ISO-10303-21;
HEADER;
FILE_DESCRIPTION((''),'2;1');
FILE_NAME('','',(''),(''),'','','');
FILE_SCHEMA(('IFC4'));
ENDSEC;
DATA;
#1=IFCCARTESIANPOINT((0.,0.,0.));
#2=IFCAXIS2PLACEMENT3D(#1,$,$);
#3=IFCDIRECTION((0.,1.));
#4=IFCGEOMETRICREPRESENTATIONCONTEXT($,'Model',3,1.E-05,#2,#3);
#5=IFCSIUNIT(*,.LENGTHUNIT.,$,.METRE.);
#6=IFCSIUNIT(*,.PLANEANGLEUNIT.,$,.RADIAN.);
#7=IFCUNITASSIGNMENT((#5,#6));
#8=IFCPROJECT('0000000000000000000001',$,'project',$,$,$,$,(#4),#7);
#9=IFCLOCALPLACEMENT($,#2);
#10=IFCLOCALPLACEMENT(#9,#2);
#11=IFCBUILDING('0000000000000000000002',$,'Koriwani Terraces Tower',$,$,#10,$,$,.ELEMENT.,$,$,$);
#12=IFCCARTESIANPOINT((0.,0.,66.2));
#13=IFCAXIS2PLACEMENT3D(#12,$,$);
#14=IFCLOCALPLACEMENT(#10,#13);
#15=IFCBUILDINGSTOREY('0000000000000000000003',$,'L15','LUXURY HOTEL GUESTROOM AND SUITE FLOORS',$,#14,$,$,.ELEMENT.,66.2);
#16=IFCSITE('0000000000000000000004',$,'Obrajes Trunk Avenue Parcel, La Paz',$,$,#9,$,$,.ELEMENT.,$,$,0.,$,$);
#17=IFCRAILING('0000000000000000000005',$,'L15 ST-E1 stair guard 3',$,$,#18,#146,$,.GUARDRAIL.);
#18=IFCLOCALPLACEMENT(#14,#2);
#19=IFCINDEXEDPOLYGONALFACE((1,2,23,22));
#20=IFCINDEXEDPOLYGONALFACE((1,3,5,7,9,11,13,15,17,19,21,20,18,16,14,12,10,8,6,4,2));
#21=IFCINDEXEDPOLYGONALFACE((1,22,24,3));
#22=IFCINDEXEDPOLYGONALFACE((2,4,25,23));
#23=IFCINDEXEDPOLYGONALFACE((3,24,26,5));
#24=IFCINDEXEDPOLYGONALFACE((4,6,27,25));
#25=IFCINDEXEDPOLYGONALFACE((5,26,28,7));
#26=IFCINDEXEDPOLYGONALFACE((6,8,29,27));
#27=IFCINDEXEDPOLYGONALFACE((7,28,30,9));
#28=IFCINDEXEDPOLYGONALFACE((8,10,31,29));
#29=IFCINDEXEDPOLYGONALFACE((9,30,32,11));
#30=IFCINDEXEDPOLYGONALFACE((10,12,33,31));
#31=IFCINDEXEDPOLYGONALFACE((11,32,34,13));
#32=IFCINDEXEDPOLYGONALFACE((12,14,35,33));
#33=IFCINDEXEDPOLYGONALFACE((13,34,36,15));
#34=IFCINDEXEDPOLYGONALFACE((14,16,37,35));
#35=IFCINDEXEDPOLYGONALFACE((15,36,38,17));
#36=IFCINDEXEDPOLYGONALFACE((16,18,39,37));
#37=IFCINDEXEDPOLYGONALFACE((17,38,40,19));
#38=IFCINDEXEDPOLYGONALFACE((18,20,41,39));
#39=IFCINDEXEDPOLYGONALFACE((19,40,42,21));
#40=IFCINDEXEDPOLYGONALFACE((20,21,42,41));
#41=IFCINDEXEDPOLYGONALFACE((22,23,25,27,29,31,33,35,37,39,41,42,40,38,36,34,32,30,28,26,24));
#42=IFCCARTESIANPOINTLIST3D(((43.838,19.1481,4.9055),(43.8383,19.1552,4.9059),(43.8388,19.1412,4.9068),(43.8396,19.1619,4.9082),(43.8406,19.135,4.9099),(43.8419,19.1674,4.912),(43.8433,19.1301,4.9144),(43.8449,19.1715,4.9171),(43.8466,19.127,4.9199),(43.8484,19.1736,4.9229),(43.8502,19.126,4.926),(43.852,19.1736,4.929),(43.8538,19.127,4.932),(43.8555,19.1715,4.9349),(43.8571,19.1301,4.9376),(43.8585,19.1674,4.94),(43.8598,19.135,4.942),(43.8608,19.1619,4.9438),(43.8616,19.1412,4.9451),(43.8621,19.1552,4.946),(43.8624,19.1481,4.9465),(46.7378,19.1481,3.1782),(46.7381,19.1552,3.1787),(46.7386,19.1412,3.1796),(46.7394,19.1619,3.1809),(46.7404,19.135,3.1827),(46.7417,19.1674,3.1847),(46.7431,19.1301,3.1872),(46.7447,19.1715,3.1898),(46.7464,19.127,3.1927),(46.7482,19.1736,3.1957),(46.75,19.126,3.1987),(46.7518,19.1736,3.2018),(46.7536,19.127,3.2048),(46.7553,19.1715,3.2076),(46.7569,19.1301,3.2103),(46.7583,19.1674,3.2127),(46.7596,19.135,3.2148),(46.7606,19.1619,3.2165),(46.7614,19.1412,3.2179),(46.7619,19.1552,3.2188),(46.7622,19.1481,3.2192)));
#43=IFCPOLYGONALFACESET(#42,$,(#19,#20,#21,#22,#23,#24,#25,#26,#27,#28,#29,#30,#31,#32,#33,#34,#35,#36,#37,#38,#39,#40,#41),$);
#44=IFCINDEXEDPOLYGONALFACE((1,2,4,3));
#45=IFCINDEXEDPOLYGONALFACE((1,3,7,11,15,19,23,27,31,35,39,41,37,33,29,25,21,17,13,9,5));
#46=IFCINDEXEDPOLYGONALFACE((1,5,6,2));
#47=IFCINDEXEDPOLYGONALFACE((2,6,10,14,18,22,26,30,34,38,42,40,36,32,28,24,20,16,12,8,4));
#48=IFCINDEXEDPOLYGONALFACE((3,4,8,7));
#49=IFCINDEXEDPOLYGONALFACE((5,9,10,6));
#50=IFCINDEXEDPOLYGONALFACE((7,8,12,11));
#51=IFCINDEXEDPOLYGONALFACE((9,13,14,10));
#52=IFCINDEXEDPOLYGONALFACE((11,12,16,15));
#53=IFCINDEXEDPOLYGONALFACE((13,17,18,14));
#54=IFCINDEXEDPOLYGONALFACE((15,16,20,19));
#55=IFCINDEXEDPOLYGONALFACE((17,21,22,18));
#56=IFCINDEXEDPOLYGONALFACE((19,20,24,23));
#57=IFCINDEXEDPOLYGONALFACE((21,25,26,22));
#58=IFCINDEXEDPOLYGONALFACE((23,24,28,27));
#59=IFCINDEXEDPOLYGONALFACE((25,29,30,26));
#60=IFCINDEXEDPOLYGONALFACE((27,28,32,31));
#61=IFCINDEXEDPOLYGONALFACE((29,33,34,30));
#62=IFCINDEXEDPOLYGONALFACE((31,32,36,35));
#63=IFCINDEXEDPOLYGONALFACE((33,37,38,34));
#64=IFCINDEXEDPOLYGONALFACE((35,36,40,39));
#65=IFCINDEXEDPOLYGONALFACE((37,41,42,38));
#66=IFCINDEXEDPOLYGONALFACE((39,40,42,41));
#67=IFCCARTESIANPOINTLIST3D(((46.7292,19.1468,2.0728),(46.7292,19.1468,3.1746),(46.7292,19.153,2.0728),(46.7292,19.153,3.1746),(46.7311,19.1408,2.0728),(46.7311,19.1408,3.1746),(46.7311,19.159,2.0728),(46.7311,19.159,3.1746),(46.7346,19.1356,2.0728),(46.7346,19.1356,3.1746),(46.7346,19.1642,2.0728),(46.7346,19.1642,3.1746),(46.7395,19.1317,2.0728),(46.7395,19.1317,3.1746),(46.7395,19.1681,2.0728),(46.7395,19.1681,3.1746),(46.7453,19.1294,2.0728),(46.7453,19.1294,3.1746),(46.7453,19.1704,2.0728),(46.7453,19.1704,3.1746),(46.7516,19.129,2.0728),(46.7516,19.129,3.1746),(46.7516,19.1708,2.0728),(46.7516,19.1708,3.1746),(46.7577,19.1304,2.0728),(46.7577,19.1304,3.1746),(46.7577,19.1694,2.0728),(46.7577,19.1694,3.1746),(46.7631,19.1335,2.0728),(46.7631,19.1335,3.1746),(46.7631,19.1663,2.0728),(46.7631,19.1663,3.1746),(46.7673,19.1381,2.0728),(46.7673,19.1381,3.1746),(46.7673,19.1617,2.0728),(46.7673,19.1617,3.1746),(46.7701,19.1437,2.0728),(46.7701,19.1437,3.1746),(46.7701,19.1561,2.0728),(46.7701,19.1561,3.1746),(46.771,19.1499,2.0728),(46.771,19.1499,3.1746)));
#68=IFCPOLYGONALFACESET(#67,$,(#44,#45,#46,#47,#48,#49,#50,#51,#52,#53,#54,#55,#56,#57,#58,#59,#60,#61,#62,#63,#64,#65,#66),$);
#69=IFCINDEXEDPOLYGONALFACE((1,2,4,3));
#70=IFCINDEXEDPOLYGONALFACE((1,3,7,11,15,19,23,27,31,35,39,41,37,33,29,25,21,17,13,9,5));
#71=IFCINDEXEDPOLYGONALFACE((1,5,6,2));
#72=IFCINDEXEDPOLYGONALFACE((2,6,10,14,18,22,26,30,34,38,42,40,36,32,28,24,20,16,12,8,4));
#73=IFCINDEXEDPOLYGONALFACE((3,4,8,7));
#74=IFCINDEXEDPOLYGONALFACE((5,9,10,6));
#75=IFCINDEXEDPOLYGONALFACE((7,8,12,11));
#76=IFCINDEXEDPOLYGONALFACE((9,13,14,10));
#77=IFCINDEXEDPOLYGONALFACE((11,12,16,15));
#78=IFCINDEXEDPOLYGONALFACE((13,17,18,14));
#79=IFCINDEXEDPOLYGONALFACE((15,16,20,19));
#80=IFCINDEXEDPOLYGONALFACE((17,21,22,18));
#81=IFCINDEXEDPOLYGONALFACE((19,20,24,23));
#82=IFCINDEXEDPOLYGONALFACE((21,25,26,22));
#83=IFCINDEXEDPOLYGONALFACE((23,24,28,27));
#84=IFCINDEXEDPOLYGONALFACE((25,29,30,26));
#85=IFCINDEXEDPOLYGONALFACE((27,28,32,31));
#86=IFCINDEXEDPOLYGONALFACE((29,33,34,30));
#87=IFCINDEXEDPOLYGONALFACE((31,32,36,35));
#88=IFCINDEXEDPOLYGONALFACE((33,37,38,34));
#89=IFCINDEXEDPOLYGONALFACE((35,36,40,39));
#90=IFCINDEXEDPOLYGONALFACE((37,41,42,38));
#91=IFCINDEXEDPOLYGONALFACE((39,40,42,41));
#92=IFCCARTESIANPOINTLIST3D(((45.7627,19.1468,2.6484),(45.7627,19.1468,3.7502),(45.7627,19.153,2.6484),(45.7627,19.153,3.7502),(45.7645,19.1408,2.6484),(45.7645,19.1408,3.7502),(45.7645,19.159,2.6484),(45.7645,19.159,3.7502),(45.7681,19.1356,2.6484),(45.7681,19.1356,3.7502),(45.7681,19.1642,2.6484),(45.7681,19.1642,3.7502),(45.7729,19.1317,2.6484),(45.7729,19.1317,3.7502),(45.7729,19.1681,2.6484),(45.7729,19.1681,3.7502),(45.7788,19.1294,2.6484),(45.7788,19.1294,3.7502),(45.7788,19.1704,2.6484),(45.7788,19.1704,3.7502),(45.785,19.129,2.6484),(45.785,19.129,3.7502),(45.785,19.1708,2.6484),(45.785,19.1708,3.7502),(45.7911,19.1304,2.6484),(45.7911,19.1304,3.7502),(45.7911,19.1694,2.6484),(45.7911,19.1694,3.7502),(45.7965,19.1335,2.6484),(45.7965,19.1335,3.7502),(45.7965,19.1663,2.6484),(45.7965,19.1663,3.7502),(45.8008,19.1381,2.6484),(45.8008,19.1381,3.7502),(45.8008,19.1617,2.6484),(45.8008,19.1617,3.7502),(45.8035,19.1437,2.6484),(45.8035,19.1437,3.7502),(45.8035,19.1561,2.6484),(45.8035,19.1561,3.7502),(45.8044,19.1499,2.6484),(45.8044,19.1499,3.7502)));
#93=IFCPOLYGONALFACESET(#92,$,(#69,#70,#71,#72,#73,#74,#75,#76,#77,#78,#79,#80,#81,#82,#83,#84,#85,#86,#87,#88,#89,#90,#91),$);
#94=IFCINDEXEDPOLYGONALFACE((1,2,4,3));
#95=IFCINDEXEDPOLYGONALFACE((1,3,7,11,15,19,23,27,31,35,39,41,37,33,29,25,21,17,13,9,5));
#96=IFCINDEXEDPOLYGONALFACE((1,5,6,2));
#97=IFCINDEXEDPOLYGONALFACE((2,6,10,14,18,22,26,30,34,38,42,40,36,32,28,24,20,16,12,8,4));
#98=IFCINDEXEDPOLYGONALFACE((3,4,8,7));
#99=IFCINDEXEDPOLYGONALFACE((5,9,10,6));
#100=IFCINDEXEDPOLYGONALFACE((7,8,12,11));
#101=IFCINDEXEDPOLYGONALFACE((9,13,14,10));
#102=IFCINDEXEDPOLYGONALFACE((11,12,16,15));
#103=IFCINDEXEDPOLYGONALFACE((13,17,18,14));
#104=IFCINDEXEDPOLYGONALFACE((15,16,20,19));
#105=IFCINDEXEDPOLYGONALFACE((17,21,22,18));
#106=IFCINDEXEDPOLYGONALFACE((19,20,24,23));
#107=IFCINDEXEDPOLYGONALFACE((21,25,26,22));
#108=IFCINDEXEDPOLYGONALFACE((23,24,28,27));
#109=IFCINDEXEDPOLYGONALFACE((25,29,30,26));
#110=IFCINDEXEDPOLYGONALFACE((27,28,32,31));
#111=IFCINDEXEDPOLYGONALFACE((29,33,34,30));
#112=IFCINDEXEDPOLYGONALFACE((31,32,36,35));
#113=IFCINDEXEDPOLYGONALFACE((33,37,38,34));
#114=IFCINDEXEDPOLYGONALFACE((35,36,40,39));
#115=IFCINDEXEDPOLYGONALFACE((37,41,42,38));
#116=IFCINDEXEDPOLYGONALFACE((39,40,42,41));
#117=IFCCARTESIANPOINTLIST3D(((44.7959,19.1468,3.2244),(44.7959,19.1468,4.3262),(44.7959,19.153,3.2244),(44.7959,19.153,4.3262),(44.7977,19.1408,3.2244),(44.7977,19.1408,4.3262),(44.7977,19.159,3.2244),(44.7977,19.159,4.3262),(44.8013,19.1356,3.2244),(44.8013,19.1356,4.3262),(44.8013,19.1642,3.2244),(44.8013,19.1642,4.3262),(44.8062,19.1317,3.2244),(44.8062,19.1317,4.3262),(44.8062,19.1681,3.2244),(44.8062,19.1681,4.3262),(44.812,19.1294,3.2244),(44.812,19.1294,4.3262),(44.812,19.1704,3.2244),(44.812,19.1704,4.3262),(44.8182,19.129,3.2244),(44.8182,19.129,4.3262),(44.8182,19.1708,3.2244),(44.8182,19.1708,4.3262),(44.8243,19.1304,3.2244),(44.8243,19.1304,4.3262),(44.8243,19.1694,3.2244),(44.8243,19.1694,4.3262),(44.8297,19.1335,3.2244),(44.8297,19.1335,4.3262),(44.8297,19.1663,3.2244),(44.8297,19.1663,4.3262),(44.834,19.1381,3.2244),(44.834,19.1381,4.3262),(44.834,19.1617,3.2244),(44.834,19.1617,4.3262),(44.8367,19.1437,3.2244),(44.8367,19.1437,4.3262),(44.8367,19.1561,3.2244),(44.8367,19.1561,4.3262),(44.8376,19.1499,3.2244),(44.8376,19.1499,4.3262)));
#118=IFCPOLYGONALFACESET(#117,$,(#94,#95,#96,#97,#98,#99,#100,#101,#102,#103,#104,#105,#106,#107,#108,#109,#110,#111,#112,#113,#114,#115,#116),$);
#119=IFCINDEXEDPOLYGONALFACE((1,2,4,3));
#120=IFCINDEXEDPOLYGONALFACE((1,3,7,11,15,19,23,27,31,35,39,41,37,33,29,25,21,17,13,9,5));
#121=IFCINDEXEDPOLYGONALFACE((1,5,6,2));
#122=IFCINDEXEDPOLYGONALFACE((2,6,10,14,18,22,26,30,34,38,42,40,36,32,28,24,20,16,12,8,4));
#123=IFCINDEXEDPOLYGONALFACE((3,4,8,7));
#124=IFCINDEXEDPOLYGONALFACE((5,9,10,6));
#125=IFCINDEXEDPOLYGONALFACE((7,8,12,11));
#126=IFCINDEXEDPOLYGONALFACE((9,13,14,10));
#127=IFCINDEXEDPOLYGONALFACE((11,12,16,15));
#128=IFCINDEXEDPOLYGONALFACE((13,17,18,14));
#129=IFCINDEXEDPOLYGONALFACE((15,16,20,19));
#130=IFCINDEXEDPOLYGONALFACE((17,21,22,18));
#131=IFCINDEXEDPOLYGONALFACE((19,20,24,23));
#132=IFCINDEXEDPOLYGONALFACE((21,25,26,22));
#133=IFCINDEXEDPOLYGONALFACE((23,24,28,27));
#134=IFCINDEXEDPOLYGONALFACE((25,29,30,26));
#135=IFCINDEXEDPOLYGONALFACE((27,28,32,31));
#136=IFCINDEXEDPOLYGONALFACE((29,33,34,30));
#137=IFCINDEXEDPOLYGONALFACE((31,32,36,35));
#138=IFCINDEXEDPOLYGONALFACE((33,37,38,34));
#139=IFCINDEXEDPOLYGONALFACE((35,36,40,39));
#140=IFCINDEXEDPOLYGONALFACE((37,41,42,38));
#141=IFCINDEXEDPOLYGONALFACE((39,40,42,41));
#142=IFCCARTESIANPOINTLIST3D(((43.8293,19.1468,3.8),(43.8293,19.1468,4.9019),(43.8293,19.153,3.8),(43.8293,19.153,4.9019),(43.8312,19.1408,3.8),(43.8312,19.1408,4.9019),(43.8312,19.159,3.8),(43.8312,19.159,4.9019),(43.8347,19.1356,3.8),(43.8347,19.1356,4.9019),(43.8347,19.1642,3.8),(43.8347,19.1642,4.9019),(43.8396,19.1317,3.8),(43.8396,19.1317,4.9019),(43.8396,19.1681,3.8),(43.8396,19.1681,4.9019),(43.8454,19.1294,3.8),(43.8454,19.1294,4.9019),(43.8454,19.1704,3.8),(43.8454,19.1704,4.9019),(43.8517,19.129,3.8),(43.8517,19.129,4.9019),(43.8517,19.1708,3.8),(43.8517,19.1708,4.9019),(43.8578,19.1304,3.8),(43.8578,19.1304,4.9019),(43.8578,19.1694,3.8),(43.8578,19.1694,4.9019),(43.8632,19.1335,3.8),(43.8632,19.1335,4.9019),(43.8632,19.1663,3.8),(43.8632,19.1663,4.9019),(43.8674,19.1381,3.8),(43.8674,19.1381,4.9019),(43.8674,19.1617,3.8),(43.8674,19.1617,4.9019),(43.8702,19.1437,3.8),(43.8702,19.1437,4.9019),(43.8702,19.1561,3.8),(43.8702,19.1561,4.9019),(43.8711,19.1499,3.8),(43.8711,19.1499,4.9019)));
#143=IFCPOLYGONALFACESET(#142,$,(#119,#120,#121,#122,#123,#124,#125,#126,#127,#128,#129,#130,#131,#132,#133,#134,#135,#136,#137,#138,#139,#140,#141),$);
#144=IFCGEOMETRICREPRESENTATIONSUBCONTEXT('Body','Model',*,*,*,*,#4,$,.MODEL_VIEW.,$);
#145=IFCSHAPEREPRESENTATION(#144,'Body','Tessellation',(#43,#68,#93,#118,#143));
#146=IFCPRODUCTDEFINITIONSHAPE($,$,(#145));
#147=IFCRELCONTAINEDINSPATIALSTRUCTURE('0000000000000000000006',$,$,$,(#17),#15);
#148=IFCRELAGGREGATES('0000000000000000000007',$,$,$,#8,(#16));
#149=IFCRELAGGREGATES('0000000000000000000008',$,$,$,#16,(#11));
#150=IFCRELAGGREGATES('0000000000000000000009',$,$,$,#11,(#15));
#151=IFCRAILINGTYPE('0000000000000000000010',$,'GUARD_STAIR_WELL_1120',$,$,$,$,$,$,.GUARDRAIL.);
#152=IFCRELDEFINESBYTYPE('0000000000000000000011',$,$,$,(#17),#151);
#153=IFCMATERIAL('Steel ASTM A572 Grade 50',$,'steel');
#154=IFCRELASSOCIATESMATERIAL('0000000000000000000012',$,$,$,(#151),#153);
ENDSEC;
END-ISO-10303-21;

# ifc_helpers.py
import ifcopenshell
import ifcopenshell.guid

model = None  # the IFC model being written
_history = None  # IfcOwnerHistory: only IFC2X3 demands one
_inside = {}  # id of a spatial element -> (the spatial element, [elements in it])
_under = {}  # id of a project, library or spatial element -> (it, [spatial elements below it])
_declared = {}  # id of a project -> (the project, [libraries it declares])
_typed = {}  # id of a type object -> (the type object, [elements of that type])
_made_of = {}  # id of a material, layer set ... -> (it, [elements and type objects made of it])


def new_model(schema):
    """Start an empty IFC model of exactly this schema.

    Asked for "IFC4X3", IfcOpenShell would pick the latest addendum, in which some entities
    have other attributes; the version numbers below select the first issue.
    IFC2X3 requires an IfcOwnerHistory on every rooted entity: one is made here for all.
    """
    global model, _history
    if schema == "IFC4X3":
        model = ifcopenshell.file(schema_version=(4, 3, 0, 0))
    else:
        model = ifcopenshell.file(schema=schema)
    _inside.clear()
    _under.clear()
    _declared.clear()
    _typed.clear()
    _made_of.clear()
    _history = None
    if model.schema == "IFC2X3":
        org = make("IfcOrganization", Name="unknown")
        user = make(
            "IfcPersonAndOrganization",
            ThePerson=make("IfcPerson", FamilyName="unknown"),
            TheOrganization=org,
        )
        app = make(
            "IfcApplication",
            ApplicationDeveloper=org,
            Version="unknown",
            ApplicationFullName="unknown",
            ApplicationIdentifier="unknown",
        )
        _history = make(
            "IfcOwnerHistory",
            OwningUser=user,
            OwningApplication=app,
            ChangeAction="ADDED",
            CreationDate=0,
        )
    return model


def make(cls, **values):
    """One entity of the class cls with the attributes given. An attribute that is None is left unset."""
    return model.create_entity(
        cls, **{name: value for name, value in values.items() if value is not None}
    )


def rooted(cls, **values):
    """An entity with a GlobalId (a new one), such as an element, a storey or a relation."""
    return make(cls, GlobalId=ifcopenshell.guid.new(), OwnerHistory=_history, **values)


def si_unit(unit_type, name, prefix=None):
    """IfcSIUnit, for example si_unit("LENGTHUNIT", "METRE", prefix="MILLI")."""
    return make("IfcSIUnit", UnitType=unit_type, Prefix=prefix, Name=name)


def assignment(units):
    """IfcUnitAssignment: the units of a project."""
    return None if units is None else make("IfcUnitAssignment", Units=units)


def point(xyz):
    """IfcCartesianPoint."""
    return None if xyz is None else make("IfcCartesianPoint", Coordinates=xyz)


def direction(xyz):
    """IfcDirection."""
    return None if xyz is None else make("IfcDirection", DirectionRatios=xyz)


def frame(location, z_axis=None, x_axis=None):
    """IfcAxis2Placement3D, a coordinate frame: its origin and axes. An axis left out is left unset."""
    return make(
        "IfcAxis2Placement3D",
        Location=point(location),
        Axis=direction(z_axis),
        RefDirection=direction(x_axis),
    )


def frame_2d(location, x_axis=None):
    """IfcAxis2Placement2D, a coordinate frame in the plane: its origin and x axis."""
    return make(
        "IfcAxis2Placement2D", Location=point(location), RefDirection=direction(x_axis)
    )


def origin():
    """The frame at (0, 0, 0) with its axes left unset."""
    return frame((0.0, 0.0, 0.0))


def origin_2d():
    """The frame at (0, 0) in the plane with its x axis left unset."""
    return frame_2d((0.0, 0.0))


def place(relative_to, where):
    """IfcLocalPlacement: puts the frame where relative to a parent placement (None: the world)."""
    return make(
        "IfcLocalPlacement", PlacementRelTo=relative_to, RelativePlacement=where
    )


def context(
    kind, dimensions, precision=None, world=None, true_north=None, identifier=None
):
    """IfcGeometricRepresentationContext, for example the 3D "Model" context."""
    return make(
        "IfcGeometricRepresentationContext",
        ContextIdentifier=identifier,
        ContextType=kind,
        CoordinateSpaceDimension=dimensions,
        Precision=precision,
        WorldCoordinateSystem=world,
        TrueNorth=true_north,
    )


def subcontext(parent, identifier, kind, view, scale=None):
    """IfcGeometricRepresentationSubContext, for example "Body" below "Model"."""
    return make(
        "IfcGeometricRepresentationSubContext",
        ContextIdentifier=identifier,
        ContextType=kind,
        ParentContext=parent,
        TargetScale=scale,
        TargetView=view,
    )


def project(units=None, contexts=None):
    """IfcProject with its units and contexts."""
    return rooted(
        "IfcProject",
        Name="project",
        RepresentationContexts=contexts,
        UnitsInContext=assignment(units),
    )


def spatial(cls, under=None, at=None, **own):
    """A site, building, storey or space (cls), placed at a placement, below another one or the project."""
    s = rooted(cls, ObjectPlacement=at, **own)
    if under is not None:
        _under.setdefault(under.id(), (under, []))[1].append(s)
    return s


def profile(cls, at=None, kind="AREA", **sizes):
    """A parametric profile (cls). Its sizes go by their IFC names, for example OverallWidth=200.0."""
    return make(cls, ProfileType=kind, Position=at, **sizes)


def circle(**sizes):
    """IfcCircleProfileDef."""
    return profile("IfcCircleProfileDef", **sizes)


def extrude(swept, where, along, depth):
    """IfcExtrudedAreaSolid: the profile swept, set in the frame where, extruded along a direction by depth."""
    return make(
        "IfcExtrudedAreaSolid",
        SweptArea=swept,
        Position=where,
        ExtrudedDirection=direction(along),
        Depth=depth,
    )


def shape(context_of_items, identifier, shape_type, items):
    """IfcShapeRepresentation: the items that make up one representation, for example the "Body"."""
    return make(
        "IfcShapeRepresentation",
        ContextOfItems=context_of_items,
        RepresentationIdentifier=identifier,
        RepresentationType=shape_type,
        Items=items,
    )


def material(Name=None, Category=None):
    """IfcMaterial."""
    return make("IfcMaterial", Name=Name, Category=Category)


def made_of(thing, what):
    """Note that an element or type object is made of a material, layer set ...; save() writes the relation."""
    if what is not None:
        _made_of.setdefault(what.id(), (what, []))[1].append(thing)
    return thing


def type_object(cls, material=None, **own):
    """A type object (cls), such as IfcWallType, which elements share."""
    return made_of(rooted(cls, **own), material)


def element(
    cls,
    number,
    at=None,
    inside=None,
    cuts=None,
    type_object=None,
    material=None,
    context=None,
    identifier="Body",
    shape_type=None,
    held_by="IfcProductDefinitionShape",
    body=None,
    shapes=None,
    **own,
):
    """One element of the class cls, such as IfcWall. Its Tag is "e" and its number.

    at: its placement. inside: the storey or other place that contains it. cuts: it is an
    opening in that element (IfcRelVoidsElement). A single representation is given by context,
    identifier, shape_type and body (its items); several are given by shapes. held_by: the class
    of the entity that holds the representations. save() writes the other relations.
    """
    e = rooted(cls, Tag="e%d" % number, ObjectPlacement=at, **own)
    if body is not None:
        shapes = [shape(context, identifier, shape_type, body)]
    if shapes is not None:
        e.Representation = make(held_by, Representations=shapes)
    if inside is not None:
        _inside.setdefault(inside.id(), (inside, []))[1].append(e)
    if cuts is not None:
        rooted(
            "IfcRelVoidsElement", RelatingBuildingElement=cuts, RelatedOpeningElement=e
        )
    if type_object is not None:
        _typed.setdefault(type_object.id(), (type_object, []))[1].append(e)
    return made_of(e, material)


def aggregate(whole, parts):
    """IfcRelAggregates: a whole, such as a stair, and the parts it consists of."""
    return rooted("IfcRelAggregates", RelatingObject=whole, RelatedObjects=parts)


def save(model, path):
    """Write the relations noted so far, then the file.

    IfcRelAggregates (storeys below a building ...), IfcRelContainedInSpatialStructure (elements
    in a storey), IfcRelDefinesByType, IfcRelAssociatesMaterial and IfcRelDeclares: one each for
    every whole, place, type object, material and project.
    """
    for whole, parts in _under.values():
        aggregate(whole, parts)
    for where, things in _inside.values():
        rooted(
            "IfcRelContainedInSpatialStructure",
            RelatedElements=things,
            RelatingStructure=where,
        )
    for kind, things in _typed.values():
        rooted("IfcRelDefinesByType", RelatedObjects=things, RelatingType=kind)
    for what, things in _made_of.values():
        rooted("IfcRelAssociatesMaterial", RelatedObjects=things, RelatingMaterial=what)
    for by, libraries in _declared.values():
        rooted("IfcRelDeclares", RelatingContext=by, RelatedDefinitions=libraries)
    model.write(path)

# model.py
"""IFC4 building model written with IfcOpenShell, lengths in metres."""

from ifc_helpers import new_model, si_unit, direction, frame, origin, origin_2d, place, context, subcontext, project, spatial, circle, extrude, material, type_object, element, save


model = new_model("IFC4")

# Units and contexts
model_context = context("Model", 3, precision=1e-05, world=origin(), true_north=direction((0.0, 1.0)))
body_context = subcontext(model_context, "Body", "Model", "MODEL_VIEW")
ifc_project = project(units=[si_unit("LENGTHUNIT", "METRE"), si_unit("PLANEANGLEUNIT", "RADIAN")], contexts=[model_context])

# Site, building, storey
site_placement = place(None, origin())
site = spatial("IfcSite", under=ifc_project, at=site_placement, Name="Obrajes Trunk Avenue Parcel, La Paz", CompositionType="ELEMENT", RefElevation=0.0)
building_placement = place(site_placement, origin())
building = spatial("IfcBuilding", under=site, at=building_placement, Name="Koriwani Terraces Tower", CompositionType="ELEMENT")
storey_placement = place(building_placement, frame((0.0, 0.0, 66.2)))
storey = spatial("IfcBuildingStorey", under=building, at=storey_placement, Name="L15", Description="LUXURY HOTEL GUESTROOM AND SUITE FLOORS", CompositionType="ELEMENT", Elevation=66.2)

# Shared definitions
ifc_material_1 = material(Name="Steel ASTM A572 Grade 50", Category="steel")

# Railing
railing_type_1 = type_object("IfcRailingType", Name="GUARD_STAIR_WELL_1120", PredefinedType="GUARDRAIL", material=ifc_material_1)
railing_1_placement = place(storey_placement, frame((46.75, 19.1499, 2.0728)))
element("IfcRailing", 1, at=railing_1_placement, inside=storey, type_object=railing_type_1, Name="L15 ST-E1 stair guard 3", PredefinedType="GUARDRAIL", context=body_context, shape_type="SweptSolid", body=[
    extrude(circle(Radius=0.0239, at=origin_2d()), frame((0.0, 0.0, 1.126), z_axis=(-0.859141, 0.0, 0.511738), x_axis=(0.0, -1.0, 0.0)), (0.0, 0.0, 1.0), 3.3752),
    extrude(circle(Radius=0.021, at=origin_2d()), origin(), (0.0, 0.0, 1.0), 1.1018),
    extrude(circle(Radius=0.021, at=origin_2d()), frame((-0.9666, 0.0, 0.5757)), (0.0, 0.0, 1.0), 1.1018),
    extrude(circle(Radius=0.021, at=origin_2d()), frame((-1.9333, 0.0, 1.1516)), (0.0, 0.0, 1.0), 1.1018),
    extrude(circle(Radius=0.021, at=origin_2d()), frame((-2.8999, 0.0, 1.7273)), (0.0, 0.0, 1.0), 1.1018),
])

save(model, "model.ifc")
